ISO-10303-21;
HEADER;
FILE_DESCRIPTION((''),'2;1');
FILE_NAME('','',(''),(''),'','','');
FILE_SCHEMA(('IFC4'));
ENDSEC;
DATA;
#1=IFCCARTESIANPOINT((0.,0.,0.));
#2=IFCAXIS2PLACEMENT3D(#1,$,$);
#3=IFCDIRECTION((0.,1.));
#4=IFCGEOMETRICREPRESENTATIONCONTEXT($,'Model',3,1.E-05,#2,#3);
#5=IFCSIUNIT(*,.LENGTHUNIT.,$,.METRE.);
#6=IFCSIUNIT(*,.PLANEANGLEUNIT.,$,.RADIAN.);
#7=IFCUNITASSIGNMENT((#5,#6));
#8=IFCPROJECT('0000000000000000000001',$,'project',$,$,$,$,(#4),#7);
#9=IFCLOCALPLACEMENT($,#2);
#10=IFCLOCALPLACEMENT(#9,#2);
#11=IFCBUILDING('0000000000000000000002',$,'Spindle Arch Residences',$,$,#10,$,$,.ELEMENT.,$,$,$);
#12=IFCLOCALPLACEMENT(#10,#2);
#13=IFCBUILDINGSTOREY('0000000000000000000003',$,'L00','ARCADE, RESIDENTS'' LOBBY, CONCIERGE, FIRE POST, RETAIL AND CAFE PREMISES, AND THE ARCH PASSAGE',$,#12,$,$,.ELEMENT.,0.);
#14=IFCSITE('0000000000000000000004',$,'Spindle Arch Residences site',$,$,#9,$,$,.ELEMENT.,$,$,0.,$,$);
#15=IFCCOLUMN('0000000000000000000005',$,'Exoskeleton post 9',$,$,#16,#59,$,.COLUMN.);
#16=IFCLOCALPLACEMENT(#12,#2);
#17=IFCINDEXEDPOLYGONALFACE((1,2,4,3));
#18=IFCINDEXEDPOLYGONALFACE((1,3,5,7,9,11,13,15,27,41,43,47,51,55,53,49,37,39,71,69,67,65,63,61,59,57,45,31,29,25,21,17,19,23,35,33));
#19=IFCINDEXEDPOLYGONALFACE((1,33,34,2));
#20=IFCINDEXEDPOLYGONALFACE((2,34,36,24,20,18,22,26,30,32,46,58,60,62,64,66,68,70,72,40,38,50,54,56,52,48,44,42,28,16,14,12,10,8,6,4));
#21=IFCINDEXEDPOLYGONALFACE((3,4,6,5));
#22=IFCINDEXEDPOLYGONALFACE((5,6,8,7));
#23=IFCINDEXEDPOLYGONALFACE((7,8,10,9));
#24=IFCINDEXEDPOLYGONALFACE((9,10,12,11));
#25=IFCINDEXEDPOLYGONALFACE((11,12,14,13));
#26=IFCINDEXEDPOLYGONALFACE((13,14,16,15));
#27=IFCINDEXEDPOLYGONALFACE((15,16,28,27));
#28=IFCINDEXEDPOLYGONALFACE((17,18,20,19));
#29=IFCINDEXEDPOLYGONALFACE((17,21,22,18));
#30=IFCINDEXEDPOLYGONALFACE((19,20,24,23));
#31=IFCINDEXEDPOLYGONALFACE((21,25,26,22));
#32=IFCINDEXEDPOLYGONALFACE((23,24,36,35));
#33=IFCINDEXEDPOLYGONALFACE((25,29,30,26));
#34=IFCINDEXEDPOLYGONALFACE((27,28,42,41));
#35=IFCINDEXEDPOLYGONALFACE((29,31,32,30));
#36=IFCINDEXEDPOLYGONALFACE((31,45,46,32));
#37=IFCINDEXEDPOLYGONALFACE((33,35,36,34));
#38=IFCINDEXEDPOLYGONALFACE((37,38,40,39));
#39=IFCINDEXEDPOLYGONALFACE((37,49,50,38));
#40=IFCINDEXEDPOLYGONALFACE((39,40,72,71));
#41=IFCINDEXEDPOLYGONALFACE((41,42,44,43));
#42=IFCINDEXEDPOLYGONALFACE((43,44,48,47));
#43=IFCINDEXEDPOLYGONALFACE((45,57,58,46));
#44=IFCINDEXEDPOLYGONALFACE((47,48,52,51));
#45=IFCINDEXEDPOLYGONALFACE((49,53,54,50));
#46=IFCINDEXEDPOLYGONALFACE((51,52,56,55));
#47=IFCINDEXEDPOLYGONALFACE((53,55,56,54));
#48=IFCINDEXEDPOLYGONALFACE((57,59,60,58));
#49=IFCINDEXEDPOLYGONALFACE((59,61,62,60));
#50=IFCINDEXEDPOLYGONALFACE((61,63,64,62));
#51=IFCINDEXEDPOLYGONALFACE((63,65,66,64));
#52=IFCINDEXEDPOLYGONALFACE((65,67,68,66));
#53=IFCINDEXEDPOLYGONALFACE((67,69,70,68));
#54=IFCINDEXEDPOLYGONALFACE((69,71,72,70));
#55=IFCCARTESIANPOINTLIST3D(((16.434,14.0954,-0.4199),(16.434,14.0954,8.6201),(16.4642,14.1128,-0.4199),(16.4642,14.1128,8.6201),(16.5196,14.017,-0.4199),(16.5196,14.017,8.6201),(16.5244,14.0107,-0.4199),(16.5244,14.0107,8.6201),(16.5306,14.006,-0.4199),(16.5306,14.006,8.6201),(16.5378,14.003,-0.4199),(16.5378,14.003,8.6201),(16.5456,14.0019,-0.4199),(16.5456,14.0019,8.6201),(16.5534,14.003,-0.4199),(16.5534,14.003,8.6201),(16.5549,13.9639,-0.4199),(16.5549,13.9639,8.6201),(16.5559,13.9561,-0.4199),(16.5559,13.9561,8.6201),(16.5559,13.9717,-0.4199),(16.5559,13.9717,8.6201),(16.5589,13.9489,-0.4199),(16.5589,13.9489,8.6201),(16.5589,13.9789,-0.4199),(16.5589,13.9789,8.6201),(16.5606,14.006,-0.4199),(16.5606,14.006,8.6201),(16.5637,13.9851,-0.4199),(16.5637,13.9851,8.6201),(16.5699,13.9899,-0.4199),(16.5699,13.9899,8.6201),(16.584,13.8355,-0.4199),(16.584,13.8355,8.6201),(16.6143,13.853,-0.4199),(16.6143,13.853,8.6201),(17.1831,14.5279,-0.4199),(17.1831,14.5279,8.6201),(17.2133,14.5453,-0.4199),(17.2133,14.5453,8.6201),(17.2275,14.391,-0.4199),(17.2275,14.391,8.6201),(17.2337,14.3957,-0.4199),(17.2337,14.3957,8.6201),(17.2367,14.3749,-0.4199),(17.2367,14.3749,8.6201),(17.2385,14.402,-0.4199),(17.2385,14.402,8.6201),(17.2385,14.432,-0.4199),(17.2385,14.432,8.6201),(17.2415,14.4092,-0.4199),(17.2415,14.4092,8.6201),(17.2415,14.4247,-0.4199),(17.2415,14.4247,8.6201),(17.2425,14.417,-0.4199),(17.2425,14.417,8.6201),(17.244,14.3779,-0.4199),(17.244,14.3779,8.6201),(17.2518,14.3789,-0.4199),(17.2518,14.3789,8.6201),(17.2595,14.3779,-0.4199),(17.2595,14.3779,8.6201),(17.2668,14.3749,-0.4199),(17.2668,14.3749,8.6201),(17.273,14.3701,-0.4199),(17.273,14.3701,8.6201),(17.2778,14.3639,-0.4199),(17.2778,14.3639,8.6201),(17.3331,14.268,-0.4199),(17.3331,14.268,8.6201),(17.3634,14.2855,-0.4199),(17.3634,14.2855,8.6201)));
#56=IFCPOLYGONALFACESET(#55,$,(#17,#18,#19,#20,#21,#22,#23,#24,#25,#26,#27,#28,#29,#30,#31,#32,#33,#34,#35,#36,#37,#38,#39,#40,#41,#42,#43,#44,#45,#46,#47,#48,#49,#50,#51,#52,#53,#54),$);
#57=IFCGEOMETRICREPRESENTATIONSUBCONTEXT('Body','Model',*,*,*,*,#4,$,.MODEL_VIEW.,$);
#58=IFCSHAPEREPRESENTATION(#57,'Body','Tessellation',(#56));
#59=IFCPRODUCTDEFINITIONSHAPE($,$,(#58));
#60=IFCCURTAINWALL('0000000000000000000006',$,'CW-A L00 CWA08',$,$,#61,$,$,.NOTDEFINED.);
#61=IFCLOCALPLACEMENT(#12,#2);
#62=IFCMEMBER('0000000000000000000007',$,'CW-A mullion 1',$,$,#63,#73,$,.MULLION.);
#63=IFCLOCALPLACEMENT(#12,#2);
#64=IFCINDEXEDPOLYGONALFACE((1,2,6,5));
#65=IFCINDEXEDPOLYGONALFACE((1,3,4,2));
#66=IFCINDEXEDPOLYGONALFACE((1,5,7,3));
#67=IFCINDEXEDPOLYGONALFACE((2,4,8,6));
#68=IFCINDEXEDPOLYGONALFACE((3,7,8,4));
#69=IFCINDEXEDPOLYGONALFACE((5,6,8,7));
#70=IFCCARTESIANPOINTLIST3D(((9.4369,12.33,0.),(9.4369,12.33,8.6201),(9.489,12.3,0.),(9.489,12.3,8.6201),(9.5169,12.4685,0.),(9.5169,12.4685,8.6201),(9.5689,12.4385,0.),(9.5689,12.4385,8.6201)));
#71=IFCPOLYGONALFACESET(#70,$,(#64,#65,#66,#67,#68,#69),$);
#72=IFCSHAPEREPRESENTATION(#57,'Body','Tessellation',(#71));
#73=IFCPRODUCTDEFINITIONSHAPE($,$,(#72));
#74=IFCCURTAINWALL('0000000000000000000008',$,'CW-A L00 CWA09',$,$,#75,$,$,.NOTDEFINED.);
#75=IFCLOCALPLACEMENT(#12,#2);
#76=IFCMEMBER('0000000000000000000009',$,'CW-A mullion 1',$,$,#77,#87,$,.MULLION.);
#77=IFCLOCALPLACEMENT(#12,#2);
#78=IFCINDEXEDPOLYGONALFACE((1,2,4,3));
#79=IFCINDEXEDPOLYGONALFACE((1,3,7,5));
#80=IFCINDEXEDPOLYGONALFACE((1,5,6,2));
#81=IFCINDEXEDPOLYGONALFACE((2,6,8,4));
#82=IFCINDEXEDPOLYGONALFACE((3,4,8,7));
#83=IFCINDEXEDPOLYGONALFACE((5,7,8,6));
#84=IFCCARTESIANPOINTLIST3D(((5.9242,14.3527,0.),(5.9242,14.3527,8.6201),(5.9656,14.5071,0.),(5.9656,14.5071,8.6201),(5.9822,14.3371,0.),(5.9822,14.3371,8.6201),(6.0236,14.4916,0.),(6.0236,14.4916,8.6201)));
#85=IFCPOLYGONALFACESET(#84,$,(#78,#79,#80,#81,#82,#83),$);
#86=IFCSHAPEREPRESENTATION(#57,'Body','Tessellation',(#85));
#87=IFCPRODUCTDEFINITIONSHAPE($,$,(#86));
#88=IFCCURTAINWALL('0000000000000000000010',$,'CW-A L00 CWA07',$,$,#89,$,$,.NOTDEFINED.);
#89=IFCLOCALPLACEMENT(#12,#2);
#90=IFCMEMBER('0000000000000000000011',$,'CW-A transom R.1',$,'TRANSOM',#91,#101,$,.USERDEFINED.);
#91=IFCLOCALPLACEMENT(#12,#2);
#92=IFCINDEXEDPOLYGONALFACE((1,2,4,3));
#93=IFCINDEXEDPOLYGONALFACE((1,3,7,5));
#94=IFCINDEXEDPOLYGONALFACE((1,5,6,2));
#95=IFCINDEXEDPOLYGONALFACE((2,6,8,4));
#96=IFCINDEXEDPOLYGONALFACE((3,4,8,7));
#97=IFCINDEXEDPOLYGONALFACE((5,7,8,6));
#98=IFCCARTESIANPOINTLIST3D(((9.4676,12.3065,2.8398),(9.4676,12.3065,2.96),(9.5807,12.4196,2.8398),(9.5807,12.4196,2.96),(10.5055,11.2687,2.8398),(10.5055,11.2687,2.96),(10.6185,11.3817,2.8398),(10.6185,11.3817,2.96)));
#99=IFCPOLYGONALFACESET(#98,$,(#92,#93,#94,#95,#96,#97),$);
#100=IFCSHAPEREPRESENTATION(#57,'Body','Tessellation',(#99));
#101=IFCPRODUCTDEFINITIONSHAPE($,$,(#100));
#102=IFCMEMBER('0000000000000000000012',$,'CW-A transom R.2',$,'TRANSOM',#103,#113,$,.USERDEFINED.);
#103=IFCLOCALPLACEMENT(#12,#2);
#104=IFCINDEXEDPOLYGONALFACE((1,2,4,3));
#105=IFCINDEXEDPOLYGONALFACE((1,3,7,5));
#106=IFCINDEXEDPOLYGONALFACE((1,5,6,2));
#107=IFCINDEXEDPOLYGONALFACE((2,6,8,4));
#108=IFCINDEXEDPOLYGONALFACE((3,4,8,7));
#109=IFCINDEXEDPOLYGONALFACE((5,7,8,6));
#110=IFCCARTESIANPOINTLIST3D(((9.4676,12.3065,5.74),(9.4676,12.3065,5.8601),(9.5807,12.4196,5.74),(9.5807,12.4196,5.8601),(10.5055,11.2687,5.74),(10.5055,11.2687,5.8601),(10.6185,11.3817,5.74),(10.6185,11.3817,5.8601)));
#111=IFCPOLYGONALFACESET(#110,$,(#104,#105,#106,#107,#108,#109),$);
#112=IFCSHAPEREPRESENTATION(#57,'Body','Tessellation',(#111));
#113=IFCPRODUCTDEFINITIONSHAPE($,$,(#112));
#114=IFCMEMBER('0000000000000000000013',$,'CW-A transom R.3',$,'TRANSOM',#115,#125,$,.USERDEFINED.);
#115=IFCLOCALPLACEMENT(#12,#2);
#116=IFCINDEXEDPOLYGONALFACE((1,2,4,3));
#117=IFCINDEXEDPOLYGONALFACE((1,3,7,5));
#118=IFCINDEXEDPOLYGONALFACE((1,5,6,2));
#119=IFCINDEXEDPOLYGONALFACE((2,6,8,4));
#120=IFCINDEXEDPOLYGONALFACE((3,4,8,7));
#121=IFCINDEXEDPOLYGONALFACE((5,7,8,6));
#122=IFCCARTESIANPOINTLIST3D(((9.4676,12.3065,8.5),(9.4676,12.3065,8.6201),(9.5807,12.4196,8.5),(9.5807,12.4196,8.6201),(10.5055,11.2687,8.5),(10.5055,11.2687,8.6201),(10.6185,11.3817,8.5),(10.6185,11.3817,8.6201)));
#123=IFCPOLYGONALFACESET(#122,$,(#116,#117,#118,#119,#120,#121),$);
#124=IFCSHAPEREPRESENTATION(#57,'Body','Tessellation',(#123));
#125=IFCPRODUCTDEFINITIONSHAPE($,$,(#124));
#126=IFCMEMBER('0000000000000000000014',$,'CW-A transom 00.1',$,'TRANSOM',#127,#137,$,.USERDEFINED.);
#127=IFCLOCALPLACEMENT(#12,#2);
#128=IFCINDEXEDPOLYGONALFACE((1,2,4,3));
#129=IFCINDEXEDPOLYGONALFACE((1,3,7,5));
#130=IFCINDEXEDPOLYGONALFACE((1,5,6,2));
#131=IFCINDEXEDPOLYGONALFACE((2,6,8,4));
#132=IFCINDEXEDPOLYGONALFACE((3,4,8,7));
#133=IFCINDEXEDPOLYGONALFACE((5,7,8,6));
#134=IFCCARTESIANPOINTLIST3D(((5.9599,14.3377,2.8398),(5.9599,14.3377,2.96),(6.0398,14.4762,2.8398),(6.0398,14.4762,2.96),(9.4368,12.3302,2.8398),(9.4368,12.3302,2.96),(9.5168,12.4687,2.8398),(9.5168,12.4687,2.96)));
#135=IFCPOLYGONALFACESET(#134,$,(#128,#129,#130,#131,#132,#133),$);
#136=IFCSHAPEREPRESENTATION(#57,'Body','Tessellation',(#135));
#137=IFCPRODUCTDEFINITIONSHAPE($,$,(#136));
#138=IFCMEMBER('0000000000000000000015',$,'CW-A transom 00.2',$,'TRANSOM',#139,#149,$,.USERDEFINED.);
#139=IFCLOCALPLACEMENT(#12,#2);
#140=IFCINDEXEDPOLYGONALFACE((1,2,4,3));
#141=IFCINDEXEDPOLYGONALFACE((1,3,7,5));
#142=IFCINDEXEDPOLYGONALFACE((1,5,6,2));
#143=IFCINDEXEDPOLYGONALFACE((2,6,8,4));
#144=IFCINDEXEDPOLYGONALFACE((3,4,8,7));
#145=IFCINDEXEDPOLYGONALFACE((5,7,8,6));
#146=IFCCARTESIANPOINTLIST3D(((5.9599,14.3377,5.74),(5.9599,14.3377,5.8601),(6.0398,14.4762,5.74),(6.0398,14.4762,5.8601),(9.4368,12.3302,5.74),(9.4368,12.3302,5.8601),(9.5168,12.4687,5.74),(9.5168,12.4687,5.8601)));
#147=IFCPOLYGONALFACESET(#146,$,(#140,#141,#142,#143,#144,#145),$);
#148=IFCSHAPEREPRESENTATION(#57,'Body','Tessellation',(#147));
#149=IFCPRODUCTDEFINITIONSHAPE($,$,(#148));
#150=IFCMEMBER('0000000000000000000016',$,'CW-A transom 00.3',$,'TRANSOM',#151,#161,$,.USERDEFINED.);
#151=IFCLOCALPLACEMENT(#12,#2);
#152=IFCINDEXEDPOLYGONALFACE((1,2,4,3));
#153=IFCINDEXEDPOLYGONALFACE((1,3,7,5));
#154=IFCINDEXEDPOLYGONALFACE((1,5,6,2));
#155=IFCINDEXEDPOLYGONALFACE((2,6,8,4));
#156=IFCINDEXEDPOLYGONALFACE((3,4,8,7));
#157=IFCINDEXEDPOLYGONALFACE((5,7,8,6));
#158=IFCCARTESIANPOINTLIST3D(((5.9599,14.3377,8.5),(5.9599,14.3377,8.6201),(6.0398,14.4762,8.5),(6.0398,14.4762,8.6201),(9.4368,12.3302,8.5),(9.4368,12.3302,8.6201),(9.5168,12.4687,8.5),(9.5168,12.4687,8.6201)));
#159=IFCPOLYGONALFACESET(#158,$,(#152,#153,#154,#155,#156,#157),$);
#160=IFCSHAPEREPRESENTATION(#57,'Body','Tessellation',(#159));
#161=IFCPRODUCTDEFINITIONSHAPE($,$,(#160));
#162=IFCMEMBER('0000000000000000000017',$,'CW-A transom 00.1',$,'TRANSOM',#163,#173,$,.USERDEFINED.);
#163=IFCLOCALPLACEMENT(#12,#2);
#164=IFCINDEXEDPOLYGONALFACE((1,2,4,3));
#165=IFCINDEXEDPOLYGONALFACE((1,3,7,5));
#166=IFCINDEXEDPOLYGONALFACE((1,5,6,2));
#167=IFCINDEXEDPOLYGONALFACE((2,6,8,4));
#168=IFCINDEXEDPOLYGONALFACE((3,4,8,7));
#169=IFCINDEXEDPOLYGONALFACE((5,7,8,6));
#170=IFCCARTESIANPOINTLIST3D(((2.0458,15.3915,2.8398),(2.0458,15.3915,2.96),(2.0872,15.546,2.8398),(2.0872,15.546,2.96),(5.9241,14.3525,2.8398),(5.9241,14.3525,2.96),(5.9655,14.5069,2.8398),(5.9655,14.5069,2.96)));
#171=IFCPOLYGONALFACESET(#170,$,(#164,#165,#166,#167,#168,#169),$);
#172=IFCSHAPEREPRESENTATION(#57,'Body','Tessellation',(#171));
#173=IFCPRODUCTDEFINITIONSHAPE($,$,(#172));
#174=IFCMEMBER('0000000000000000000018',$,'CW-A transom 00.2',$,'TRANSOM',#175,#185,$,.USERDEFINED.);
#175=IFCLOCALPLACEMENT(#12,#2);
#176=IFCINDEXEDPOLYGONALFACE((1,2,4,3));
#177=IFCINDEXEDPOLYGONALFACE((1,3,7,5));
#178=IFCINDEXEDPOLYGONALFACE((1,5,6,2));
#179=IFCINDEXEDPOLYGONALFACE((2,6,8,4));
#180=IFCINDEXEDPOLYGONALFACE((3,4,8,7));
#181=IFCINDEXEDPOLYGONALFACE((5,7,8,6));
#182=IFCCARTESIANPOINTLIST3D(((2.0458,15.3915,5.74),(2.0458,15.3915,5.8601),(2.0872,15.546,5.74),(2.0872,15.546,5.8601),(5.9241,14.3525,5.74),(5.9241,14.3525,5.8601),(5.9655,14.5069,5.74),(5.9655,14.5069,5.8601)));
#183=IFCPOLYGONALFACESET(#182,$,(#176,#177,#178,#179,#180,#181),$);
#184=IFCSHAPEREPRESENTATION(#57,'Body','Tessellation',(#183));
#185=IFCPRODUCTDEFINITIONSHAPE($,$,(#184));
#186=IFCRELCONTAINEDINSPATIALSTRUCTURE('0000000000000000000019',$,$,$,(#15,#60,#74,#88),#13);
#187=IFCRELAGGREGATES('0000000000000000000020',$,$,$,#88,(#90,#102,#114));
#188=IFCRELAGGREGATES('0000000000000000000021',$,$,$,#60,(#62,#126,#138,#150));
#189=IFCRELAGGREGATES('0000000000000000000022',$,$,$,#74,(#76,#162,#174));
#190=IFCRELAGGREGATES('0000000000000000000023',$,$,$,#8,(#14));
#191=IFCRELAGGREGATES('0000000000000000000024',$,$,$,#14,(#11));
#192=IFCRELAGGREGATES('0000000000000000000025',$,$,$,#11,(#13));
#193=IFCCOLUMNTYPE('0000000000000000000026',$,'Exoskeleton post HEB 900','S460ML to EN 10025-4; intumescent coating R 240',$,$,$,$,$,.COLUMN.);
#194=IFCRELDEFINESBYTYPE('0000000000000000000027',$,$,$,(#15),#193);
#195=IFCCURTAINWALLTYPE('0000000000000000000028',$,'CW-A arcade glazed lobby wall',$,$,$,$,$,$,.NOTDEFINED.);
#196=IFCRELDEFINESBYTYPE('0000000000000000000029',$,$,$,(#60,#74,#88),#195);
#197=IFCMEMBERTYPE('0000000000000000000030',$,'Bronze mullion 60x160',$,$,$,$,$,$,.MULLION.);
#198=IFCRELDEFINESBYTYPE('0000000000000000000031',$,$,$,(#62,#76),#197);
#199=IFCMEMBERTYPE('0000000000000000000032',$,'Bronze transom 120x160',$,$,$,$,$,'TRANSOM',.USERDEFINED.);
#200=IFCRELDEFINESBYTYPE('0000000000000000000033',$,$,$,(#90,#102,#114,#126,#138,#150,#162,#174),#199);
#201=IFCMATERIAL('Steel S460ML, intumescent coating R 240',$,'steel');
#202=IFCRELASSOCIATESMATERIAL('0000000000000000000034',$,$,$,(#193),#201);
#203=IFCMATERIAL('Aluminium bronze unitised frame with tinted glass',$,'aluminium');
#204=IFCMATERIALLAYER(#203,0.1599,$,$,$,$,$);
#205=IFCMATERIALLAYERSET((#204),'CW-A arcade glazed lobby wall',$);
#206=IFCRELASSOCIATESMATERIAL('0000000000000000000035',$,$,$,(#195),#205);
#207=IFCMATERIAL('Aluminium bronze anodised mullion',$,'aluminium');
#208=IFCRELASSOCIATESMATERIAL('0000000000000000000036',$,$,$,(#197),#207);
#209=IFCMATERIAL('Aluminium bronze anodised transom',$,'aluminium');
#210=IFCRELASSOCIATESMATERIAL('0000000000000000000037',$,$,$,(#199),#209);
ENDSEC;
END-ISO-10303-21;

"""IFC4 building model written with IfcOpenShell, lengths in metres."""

from ifc_helpers import new_model, si_unit, direction, frame, origin, origin_2d, place, context, subcontext, project, spatial, rectangle, i_section, extrude, material, layer, layer_set, material_profile, profile_set, type_object, element, aggregate, save


model = new_model("IFC4")

# Units and contexts
model_context = context("Model", 3, precision=1e-05, world=origin(), true_north=direction((0.0, 1.0)))
body_context = subcontext(model_context, "Body", "Model", "MODEL_VIEW")
ifc_project = project(units=[si_unit("LENGTHUNIT", "METRE"), si_unit("PLANEANGLEUNIT", "RADIAN")], contexts=[model_context])

# Site, building, storey
site_placement = place(None, origin())
site = spatial("IfcSite", under=ifc_project, at=site_placement, Name="Spindle Arch Residences site", CompositionType="ELEMENT", RefElevation=0.0)
building_placement = place(site_placement, origin())
building = spatial("IfcBuilding", under=site, at=building_placement, Name="Spindle Arch Residences", CompositionType="ELEMENT")
storey_placement = place(building_placement, origin())
storey = spatial("IfcBuildingStorey", under=building, at=storey_placement, Name="L00", Description="ARCADE, RESIDENTS' LOBBY, CONCIERGE, FIRE POST, RETAIL AND CAFE PREMISES, AND THE ARCH PASSAGE", CompositionType="ELEMENT", Elevation=0.0)

# Column
ifc_material_1 = material(Name="Steel S460ML, intumescent coating R 240", Category="steel")
ifc_material_profile_1 = material_profile(ifc_material_1, i_section(OverallWidth=0.3, OverallDepth=0.8999, WebThickness=0.0186, FlangeThickness=0.0349, FilletRadius=0.03, at=origin_2d()), Name="HEB 900")
ifc_profile_set_1 = profile_set([ifc_material_profile_1], Name="Steel S460ML, intumescent coating R 240")
column_type = type_object("IfcColumnType", Name="Exoskeleton post HEB 900", Description="S460ML to EN 10025-4; intumescent coating R 240", PredefinedType="COLUMN", material=ifc_profile_set_1)
column_placement = place(storey_placement, frame((16.8987, 14.1904, -0.4199), z_axis=(0.0, 0.0, 1.0), x_axis=(0.5, -0.866025, 0.0)))
element("IfcColumn", 1, at=column_placement, inside=storey, type_object=column_type, Name="Exoskeleton post 9", PredefinedType="COLUMN", context=body_context, shape_type="SweptSolid", body=[
    extrude(i_section(OverallWidth=0.3, OverallDepth=0.8999, WebThickness=0.0186, FlangeThickness=0.0349, FilletRadius=0.03, at=origin_2d()), origin(), (0.0, 0.0, 1.0), 9.04),
])

# Curtain walls, members
ifc_material_2 = material(Name="Aluminium bronze unitised frame with tinted glass", Category="aluminium")
ifc_layer_1 = layer(ifc_material_2, 0.1599)
ifc_layer_set_1 = layer_set([ifc_layer_1], Name="CW-A arcade glazed lobby wall")
curtain_wall_type = type_object("IfcCurtainWallType", Name="CW-A arcade glazed lobby wall", PredefinedType="NOTDEFINED", material=ifc_layer_set_1)
curtain_wall_1_placement = place(storey_placement, origin())
curtain_wall_1 = element("IfcCurtainWall", 2, at=curtain_wall_1_placement, inside=storey, type_object=curtain_wall_type, Name="CW-A L00 CWA08", PredefinedType="NOTDEFINED")
ifc_material_3 = material(Name="Aluminium bronze anodised mullion", Category="aluminium")
ifc_material_profile_2 = material_profile(ifc_material_3, rectangle(XDim=0.1599, YDim=0.0601, at=origin_2d()), Name="MU 60x160")
ifc_profile_set_2 = profile_set([ifc_material_profile_2], Name="Aluminium bronze anodised mullion")
member_type_1 = type_object("IfcMemberType", Name="Bronze mullion 60x160", PredefinedType="MULLION", material=ifc_profile_set_2)
member_1_placement = place(storey_placement, frame((9.5029, 12.3843, 0.0), z_axis=(0.0, 0.0, 1.0), x_axis=(-0.500023, -0.866012, 0.0)))
member_1 = element("IfcMember", 3, at=member_1_placement, type_object=member_type_1, Name="CW-A mullion 1", PredefinedType="MULLION", context=body_context, shape_type="SweptSolid", body=[
    extrude(rectangle(XDim=0.1599, YDim=0.0601, at=origin_2d()), origin(), (0.0, 0.0, 1.0), 8.6201),
])
curtain_wall_2_placement = place(storey_placement, origin())
curtain_wall_2 = element("IfcCurtainWall", 4, at=curtain_wall_2_placement, inside=storey, type_object=curtain_wall_type, Name="CW-A L00 CWA09", PredefinedType="NOTDEFINED")
member_2_placement = place(storey_placement, frame((5.9739, 14.4221, 0.0), z_axis=(0.0, 0.0, 1.0), x_axis=(-0.258786, -0.965935, 0.0)))
member_2 = element("IfcMember", 5, at=member_2_placement, type_object=member_type_1, Name="CW-A mullion 1", PredefinedType="MULLION", context=body_context, shape_type="SweptSolid", body=[
    extrude(rectangle(XDim=0.1599, YDim=0.0601, at=origin_2d()), origin(), (0.0, 0.0, 1.0), 8.6201),
])

# Curtain wall, members
curtain_wall_3_placement = place(storey_placement, origin())
curtain_wall_3 = element("IfcCurtainWall", 6, at=curtain_wall_3_placement, inside=storey, type_object=curtain_wall_type, Name="CW-A L00 CWA07", PredefinedType="NOTDEFINED")
ifc_material_4 = material(Name="Aluminium bronze anodised transom", Category="aluminium")
ifc_material_profile_3 = material_profile(ifc_material_4, rectangle(XDim=0.1599, YDim=0.1201, at=origin_2d()), Name="TR 120x160")
ifc_profile_set_3 = profile_set([ifc_material_profile_3], Name="Aluminium bronze anodised transom")
member_type_2 = type_object("IfcMemberType", Name="Bronze transom 120x160", ElementType="TRANSOM", PredefinedType="USERDEFINED", material=ifc_profile_set_3)
member_3_placement = place(storey_placement, frame((10.562, 11.3252, 2.8999), z_axis=(-0.707107, 0.707107, 0.0), x_axis=(-0.707107, -0.707107, 0.0)))
member_3 = element("IfcMember", 7, at=member_3_placement, type_object=member_type_2, Name="CW-A transom R.1", ObjectType="TRANSOM", PredefinedType="USERDEFINED", context=body_context, shape_type="SweptSolid", body=[
    extrude(rectangle(XDim=0.1599, YDim=0.1201, at=origin_2d()), origin(), (0.0, 0.0, 1.0), 1.4678),
])
member_4_placement = place(storey_placement, frame((10.562, 11.3252, 5.8), z_axis=(-0.707107, 0.707107, 0.0), x_axis=(-0.707107, -0.707107, 0.0)))
member_4 = element("IfcMember", 8, at=member_4_placement, type_object=member_type_2, Name="CW-A transom R.2", ObjectType="TRANSOM", PredefinedType="USERDEFINED", context=body_context, shape_type="SweptSolid", body=[
    extrude(rectangle(XDim=0.1599, YDim=0.1201, at=origin_2d()), origin(), (0.0, 0.0, 1.0), 1.4678),
])
member_5_placement = place(storey_placement, frame((10.562, 11.3252, 8.5601), z_axis=(-0.707107, 0.707107, 0.0), x_axis=(-0.707107, -0.707107, 0.0)))
member_5 = element("IfcMember", 9, at=member_5_placement, type_object=member_type_2, Name="CW-A transom R.3", ObjectType="TRANSOM", PredefinedType="USERDEFINED", context=body_context, shape_type="SweptSolid", body=[
    extrude(rectangle(XDim=0.1599, YDim=0.1201, at=origin_2d()), origin(), (0.0, 0.0, 1.0), 1.4678),
])

# Members
member_6_placement = place(storey_placement, frame((9.4768, 12.3994, 2.8999), z_axis=(-0.866015, 0.500017, 0.0), x_axis=(-0.500017, -0.866015, 0.0)))
member_6 = element("IfcMember", 10, at=member_6_placement, type_object=member_type_2, Name="CW-A transom 00.1", ObjectType="TRANSOM", PredefinedType="USERDEFINED", context=body_context, shape_type="SweptSolid", body=[
    extrude(rectangle(XDim=0.1599, YDim=0.1201, at=origin_2d()), origin(), (0.0, 0.0, 1.0), 4.0149),
])
member_7_placement = place(storey_placement, frame((9.4768, 12.3994, 5.8), z_axis=(-0.866015, 0.500017, 0.0), x_axis=(-0.500017, -0.866015, 0.0)))
member_7 = element("IfcMember", 11, at=member_7_placement, type_object=member_type_2, Name="CW-A transom 00.2", ObjectType="TRANSOM", PredefinedType="USERDEFINED", context=body_context, shape_type="SweptSolid", body=[
    extrude(rectangle(XDim=0.1599, YDim=0.1201, at=origin_2d()), origin(), (0.0, 0.0, 1.0), 4.0149),
])
member_8_placement = place(storey_placement, frame((9.4768, 12.3994, 8.5601), z_axis=(-0.866015, 0.500017, 0.0), x_axis=(-0.500017, -0.866015, 0.0)))
member_8 = element("IfcMember", 12, at=member_8_placement, type_object=member_type_2, Name="CW-A transom 00.3", ObjectType="TRANSOM", PredefinedType="USERDEFINED", context=body_context, shape_type="SweptSolid", body=[
    extrude(rectangle(XDim=0.1599, YDim=0.1201, at=origin_2d()), origin(), (0.0, 0.0, 1.0), 4.0149),
])
member_9_placement = place(storey_placement, frame((5.9448, 14.4297, 2.8999), z_axis=(-0.965936, 0.258783, 0.0), x_axis=(-0.258783, -0.965936, 0.0)))
member_9 = element("IfcMember", 13, at=member_9_placement, type_object=member_type_2, Name="CW-A transom 00.1", ObjectType="TRANSOM", PredefinedType="USERDEFINED", context=body_context, shape_type="SweptSolid", body=[
    extrude(rectangle(XDim=0.1599, YDim=0.1201, at=origin_2d()), origin(), (0.0, 0.0, 1.0), 4.0151),
])
member_10_placement = place(storey_placement, frame((5.9448, 14.4297, 5.8), z_axis=(-0.965936, 0.258783, 0.0), x_axis=(-0.258783, -0.965936, 0.0)))
member_10 = element("IfcMember", 14, at=member_10_placement, type_object=member_type_2, Name="CW-A transom 00.2", ObjectType="TRANSOM", PredefinedType="USERDEFINED", context=body_context, shape_type="SweptSolid", body=[
    extrude(rectangle(XDim=0.1599, YDim=0.1201, at=origin_2d()), origin(), (0.0, 0.0, 1.0), 4.0151),
])

aggregate(curtain_wall_3, [member_3, member_4, member_5])
aggregate(curtain_wall_1, [member_1, member_6, member_7, member_8])
aggregate(curtain_wall_2, [member_2, member_9, member_10])

save(model, "model.ifc")
